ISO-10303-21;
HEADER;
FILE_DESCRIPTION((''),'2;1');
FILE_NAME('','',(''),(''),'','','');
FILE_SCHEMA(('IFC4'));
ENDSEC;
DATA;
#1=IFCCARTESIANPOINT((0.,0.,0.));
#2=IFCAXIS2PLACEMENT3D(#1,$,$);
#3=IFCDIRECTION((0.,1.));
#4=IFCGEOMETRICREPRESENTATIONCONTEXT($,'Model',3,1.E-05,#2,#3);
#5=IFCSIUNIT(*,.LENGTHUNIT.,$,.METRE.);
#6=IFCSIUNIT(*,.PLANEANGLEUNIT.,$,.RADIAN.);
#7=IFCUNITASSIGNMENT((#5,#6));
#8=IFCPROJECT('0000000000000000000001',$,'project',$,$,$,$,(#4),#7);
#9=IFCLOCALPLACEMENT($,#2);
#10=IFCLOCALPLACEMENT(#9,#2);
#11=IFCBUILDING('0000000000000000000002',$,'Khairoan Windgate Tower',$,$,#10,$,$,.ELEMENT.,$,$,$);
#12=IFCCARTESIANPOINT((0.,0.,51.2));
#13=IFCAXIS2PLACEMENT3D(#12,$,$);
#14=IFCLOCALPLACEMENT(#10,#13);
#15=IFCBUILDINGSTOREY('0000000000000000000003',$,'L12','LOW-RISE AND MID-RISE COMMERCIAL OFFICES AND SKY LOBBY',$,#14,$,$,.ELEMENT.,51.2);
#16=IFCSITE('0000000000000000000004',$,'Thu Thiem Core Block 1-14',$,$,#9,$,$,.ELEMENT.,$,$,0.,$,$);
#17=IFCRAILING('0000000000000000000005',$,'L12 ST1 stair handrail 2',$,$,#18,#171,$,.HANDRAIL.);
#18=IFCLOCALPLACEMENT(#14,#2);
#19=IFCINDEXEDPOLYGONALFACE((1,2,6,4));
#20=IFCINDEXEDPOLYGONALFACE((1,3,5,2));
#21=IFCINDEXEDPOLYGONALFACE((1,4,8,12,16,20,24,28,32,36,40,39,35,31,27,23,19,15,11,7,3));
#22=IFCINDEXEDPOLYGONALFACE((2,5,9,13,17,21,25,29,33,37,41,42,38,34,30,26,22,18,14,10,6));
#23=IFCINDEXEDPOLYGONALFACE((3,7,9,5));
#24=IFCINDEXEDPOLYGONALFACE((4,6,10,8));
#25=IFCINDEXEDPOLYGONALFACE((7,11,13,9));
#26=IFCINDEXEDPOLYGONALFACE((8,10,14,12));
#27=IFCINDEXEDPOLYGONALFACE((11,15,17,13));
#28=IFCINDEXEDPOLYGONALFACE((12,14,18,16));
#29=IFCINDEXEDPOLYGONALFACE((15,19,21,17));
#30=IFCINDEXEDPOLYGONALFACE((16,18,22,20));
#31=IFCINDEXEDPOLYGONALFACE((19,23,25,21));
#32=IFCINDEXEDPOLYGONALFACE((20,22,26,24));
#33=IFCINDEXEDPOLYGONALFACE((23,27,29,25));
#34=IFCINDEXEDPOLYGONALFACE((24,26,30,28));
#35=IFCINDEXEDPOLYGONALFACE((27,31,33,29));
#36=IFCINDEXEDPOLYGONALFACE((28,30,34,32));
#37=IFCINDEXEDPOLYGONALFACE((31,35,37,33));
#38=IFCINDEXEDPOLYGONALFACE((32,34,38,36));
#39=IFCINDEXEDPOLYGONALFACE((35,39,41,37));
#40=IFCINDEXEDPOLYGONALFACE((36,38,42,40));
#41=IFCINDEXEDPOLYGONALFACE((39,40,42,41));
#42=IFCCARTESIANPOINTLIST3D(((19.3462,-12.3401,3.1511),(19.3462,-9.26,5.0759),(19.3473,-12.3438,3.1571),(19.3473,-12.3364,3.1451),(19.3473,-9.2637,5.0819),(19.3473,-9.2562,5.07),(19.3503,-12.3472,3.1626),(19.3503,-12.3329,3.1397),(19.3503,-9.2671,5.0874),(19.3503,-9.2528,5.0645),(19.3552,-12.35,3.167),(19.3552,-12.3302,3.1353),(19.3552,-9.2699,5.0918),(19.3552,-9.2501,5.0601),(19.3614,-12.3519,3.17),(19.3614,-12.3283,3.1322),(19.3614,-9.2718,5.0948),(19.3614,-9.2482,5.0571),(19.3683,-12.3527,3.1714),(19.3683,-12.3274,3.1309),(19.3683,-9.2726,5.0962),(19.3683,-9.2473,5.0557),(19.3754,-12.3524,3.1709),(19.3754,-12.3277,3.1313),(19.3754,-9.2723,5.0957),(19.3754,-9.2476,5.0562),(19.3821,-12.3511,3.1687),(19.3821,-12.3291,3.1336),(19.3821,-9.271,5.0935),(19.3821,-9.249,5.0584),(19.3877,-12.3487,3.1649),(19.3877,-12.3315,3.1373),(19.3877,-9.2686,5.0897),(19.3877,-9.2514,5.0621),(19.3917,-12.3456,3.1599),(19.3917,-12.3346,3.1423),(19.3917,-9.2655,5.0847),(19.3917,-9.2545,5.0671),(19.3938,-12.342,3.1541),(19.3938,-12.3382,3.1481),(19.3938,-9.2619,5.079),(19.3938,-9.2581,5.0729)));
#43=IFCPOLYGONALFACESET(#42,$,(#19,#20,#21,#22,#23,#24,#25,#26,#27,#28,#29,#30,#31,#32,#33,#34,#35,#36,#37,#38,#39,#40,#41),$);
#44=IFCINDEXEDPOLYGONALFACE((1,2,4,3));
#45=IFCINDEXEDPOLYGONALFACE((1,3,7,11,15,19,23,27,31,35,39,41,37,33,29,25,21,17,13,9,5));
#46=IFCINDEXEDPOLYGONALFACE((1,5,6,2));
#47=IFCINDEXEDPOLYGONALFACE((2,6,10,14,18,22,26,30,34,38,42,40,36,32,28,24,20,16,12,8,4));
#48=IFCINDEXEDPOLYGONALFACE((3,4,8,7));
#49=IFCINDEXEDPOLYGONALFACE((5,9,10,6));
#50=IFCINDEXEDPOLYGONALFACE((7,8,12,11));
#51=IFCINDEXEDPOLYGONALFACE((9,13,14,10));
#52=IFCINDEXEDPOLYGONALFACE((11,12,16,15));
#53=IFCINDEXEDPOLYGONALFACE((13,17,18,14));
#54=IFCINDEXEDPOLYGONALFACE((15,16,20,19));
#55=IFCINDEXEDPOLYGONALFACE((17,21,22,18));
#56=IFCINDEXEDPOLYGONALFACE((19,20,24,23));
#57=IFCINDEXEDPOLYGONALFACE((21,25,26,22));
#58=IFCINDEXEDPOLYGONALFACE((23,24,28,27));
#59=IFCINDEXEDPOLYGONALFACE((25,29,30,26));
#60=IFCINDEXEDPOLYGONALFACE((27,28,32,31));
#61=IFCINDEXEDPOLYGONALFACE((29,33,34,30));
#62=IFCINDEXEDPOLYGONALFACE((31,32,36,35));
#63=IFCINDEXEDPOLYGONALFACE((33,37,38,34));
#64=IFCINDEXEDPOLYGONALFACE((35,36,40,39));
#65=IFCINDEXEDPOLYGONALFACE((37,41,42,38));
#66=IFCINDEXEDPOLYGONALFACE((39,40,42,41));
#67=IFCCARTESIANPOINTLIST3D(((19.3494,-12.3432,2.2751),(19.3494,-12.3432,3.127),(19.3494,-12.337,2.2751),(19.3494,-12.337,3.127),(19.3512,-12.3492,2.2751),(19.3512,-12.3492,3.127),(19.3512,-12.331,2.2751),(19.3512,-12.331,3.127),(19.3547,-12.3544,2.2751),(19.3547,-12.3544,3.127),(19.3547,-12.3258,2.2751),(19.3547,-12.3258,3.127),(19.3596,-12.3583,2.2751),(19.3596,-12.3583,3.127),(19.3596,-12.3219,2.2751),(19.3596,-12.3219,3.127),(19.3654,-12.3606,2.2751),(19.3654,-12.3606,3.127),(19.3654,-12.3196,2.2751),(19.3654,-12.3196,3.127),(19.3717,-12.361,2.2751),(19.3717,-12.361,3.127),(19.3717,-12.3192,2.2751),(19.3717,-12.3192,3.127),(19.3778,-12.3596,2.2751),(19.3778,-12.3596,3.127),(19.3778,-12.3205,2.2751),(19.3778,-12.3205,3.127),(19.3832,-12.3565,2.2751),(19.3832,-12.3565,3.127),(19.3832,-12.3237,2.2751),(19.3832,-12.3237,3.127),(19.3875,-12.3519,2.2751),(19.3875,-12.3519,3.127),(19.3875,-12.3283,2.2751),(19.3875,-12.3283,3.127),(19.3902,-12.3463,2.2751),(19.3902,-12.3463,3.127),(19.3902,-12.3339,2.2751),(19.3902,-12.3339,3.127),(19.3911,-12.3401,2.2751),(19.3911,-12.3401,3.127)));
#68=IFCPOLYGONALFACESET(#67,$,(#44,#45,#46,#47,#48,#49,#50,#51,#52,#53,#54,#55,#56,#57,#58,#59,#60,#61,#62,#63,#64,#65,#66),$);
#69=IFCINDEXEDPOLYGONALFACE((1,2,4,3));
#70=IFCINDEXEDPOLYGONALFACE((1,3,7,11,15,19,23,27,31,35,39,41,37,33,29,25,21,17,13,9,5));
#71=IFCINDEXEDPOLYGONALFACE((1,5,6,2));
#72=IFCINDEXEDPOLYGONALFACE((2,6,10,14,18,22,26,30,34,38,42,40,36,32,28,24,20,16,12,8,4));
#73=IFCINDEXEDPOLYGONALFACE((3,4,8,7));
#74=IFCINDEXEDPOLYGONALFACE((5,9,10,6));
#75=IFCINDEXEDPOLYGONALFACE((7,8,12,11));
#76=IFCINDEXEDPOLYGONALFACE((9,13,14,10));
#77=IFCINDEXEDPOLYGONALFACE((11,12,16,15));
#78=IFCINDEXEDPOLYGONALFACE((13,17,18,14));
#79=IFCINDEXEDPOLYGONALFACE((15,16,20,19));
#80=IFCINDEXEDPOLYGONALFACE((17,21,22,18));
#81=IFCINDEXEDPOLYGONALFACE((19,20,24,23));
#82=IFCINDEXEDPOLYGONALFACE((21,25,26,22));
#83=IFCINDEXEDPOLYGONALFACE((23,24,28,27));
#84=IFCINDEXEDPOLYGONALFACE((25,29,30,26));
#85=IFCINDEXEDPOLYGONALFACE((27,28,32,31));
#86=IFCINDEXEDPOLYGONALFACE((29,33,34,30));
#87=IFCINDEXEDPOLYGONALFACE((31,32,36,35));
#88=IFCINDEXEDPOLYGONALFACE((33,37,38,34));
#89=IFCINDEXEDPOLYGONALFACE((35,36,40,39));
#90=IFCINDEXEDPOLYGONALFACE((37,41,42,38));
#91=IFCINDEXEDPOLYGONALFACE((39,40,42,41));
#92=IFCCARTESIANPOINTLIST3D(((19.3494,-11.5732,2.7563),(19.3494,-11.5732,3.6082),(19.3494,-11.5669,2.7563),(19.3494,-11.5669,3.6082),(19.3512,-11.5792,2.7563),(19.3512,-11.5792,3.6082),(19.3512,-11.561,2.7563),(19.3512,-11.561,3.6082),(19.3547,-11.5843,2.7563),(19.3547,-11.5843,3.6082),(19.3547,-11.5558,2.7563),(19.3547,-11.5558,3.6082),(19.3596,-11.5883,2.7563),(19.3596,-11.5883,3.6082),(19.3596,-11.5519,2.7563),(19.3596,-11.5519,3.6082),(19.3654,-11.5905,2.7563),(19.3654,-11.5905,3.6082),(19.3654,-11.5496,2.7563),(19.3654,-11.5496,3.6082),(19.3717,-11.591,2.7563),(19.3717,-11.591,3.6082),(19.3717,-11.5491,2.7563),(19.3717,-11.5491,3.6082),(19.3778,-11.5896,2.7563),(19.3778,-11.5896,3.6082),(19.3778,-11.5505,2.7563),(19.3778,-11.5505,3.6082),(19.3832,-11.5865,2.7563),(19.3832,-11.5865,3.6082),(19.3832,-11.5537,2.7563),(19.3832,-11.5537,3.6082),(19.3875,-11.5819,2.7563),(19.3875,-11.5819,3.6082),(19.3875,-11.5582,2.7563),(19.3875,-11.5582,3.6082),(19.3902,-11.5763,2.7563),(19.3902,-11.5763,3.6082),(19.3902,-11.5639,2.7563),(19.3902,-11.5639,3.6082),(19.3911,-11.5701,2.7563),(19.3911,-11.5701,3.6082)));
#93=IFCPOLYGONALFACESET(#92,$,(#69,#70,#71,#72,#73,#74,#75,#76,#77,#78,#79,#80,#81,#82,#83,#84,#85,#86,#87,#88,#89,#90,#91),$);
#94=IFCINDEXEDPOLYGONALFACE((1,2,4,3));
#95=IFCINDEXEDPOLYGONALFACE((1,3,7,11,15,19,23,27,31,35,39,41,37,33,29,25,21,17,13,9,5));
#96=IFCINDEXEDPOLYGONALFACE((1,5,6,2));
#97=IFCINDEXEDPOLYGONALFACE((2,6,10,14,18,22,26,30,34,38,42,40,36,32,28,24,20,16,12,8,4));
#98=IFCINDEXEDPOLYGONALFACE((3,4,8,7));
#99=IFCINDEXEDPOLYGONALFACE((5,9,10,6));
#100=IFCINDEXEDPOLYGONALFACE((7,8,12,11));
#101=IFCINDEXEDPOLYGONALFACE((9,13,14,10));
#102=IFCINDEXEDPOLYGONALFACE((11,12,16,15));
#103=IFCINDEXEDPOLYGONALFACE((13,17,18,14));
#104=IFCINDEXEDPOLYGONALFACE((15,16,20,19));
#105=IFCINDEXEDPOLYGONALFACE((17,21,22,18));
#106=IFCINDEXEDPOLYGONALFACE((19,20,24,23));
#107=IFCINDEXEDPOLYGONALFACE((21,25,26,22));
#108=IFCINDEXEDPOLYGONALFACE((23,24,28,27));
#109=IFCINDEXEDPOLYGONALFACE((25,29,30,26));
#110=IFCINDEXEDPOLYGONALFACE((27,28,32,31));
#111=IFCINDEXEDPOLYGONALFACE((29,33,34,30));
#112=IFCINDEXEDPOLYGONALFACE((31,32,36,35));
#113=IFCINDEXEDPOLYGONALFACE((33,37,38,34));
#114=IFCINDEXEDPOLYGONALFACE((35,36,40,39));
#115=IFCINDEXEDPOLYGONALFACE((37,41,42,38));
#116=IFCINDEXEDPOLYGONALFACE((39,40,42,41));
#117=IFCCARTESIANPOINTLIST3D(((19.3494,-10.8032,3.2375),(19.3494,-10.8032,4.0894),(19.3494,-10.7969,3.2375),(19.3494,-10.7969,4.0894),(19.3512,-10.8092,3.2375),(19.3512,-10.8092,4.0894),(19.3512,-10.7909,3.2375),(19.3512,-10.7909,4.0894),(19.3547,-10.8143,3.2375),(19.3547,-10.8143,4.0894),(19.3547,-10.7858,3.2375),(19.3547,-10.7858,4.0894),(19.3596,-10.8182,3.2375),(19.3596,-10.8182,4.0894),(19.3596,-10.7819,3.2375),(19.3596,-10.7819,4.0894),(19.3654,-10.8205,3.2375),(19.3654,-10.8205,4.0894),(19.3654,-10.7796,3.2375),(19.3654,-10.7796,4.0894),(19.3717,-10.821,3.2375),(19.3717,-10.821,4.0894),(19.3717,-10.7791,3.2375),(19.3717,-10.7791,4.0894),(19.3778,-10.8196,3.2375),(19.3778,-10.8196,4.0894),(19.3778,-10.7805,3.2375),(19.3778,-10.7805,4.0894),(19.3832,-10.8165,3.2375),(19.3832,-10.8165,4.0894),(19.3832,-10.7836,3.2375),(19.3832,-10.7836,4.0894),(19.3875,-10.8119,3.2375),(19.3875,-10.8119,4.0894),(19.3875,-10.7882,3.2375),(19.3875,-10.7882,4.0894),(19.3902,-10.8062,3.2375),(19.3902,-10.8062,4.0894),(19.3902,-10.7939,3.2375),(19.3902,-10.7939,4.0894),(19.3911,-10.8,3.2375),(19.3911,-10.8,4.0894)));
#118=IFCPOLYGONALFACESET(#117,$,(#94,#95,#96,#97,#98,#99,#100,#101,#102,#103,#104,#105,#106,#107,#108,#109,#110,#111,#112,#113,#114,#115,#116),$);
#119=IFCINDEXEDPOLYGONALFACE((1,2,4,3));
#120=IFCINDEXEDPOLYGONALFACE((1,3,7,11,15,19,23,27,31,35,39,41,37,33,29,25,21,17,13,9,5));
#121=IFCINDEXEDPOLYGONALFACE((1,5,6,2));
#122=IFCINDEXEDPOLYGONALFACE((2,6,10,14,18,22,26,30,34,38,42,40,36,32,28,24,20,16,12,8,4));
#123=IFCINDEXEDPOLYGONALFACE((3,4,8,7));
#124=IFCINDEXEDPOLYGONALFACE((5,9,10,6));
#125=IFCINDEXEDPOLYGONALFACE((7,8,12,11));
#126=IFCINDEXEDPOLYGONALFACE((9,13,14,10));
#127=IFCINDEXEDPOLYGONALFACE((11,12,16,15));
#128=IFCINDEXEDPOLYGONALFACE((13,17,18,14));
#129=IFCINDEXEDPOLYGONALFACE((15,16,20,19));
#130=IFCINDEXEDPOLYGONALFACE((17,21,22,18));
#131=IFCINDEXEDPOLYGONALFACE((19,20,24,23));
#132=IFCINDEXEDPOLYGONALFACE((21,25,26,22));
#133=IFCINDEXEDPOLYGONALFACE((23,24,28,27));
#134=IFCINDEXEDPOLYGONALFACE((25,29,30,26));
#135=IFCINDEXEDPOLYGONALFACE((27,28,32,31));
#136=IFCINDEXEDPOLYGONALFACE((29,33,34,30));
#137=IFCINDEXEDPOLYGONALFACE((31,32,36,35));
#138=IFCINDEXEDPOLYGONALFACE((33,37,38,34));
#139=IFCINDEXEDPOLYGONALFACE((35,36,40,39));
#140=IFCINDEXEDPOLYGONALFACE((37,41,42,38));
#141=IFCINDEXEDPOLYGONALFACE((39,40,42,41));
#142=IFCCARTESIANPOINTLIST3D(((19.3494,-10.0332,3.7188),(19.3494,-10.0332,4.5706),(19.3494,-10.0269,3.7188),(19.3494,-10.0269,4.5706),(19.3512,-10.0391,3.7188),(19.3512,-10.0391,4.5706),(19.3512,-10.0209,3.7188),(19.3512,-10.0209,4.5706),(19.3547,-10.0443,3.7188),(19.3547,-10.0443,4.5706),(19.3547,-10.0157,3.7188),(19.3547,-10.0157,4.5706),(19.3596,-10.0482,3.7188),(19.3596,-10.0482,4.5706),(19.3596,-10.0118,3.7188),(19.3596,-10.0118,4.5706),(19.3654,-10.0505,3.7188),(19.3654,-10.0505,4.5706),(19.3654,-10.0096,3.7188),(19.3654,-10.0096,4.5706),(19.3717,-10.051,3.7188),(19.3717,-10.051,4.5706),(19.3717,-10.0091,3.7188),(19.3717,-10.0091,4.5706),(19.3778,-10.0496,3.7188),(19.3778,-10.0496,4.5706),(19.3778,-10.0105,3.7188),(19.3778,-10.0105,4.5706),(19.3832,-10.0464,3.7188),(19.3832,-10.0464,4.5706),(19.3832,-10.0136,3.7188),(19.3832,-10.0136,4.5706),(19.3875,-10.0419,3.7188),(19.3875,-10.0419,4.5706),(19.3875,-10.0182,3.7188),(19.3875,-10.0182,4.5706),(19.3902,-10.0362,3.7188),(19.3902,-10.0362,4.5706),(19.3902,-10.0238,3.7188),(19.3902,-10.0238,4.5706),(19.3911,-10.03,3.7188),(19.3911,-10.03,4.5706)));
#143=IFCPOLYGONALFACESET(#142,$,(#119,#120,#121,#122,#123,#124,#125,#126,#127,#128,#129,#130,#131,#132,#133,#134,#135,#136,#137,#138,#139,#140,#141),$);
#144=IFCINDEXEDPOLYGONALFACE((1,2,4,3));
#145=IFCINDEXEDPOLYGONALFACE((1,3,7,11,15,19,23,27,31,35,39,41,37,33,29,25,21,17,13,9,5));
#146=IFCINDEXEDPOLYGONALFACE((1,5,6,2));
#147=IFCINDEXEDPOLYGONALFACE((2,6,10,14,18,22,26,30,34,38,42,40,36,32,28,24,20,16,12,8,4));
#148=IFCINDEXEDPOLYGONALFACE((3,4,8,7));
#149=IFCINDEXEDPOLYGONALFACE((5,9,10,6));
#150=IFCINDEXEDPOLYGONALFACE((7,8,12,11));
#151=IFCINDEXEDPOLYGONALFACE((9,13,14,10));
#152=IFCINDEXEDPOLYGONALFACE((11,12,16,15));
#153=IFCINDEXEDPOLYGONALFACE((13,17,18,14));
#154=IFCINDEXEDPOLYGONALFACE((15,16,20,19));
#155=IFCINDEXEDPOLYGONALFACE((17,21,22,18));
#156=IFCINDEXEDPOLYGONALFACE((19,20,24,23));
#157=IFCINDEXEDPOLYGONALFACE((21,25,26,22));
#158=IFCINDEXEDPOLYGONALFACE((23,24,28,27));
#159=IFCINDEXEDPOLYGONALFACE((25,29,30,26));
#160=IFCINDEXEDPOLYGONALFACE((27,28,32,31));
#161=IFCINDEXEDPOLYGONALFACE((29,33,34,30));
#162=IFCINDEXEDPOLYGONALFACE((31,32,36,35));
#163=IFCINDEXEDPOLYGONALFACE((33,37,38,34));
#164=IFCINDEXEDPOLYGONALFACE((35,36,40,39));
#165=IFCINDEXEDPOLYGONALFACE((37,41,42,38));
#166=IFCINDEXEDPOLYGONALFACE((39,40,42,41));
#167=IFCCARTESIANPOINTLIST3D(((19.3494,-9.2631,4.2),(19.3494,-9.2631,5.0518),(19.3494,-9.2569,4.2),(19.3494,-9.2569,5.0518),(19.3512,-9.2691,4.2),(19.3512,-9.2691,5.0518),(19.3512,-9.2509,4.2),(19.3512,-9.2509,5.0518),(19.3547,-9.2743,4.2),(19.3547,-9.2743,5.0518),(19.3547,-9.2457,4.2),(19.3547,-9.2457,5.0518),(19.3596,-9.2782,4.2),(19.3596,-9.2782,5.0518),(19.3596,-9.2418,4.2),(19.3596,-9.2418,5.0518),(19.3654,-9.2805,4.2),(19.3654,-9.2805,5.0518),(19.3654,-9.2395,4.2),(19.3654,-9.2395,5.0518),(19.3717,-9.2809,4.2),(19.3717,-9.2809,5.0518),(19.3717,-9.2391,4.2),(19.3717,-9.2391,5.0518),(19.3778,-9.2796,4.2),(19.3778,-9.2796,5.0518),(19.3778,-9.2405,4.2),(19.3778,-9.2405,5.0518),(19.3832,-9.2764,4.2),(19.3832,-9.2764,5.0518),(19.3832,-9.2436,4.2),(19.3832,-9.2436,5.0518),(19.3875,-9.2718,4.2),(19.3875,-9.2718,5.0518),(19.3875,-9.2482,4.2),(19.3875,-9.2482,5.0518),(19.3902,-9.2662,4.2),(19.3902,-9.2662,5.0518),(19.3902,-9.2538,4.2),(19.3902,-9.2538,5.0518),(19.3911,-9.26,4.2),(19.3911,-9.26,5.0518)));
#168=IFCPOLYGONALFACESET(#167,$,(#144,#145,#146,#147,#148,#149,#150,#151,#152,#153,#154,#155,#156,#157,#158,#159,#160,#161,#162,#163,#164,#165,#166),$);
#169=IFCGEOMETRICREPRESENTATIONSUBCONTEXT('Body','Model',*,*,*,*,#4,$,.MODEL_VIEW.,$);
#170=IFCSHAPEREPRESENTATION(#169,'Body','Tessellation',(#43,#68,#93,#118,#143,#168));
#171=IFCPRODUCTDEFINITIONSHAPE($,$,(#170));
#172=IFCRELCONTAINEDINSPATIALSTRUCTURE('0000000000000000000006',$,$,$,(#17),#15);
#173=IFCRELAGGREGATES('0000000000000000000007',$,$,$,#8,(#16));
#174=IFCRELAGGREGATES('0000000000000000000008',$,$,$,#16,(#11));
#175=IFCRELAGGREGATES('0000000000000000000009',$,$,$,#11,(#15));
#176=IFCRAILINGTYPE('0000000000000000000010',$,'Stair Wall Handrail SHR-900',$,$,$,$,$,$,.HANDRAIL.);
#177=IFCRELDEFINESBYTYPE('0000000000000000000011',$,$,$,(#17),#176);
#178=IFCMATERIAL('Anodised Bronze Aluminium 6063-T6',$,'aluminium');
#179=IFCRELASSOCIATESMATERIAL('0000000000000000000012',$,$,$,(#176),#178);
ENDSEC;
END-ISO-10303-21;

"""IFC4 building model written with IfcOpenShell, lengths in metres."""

from ifc_helpers import new_model, si_unit, direction, frame, origin, origin_2d, place, context, subcontext, project, spatial, circle, extrude, material, type_object, element, save


model = new_model("IFC4")

# Units and contexts
model_context = context("Model", 3, precision=1e-05, world=origin(), true_north=direction((0.0, 1.0)))
body_context = subcontext(model_context, "Body", "Model", "MODEL_VIEW")
ifc_project = project(units=[si_unit("LENGTHUNIT", "METRE"), si_unit("PLANEANGLEUNIT", "RADIAN")], contexts=[model_context])

# Site, building, storey
site_placement = place(None, origin())
site = spatial("IfcSite", under=ifc_project, at=site_placement, Name="Thu Thiem Core Block 1-14", CompositionType="ELEMENT", RefElevation=0.0)
building_placement = place(site_placement, origin())
building = spatial("IfcBuilding", under=site, at=building_placement, Name="Khairoan Windgate Tower", CompositionType="ELEMENT")
storey_placement = place(building_placement, frame((0.0, 0.0, 51.2)))
storey = spatial("IfcBuildingStorey", under=building, at=storey_placement, Name="L12", Description="LOW-RISE AND MID-RISE COMMERCIAL OFFICES AND SKY LOBBY", CompositionType="ELEMENT", Elevation=51.2)

# Railing
ifc_material_1 = material(Name="Anodised Bronze Aluminium 6063-T6", Category="aluminium")
railing_type_1 = type_object("IfcRailingType", Name="Stair Wall Handrail SHR-900", PredefinedType="HANDRAIL", material=ifc_material_1)
railing_1_placement = place(storey_placement, frame((19.3701, -12.3401, 2.2751)))
element("IfcRailing", 1, at=railing_1_placement, inside=storey, type_object=railing_type_1, Name="L12 ST1 stair handrail 2", PredefinedType="HANDRAIL", context=body_context, shape_type="SweptSolid", body=[
    extrude(circle(Radius=0.0239, at=origin_2d()), frame((0.0, 0.0, 0.876), z_axis=(0.0, 0.848029, 0.529951), x_axis=(-1.0, 0.0, 0.0)), (0.0, 0.0, 1.0), 3.6321),
    extrude(circle(Radius=0.021, at=origin_2d()), origin(), (0.0, 0.0, 1.0), 0.8518),
    extrude(circle(Radius=0.021, at=origin_2d()), frame((0.0, 0.77, 0.4812)), (0.0, 0.0, 1.0), 0.8518),
    extrude(circle(Radius=0.021, at=origin_2d()), frame((0.0, 1.54, 0.9624)), (0.0, 0.0, 1.0), 0.8518),
    extrude(circle(Radius=0.021, at=origin_2d()), frame((0.0, 2.3101, 1.4436)), (0.0, 0.0, 1.0), 0.8518),
    extrude(circle(Radius=0.021, at=origin_2d()), frame((0.0, 3.0801, 1.9248)), (0.0, 0.0, 1.0), 0.8518),
])

save(model, "model.ifc")
